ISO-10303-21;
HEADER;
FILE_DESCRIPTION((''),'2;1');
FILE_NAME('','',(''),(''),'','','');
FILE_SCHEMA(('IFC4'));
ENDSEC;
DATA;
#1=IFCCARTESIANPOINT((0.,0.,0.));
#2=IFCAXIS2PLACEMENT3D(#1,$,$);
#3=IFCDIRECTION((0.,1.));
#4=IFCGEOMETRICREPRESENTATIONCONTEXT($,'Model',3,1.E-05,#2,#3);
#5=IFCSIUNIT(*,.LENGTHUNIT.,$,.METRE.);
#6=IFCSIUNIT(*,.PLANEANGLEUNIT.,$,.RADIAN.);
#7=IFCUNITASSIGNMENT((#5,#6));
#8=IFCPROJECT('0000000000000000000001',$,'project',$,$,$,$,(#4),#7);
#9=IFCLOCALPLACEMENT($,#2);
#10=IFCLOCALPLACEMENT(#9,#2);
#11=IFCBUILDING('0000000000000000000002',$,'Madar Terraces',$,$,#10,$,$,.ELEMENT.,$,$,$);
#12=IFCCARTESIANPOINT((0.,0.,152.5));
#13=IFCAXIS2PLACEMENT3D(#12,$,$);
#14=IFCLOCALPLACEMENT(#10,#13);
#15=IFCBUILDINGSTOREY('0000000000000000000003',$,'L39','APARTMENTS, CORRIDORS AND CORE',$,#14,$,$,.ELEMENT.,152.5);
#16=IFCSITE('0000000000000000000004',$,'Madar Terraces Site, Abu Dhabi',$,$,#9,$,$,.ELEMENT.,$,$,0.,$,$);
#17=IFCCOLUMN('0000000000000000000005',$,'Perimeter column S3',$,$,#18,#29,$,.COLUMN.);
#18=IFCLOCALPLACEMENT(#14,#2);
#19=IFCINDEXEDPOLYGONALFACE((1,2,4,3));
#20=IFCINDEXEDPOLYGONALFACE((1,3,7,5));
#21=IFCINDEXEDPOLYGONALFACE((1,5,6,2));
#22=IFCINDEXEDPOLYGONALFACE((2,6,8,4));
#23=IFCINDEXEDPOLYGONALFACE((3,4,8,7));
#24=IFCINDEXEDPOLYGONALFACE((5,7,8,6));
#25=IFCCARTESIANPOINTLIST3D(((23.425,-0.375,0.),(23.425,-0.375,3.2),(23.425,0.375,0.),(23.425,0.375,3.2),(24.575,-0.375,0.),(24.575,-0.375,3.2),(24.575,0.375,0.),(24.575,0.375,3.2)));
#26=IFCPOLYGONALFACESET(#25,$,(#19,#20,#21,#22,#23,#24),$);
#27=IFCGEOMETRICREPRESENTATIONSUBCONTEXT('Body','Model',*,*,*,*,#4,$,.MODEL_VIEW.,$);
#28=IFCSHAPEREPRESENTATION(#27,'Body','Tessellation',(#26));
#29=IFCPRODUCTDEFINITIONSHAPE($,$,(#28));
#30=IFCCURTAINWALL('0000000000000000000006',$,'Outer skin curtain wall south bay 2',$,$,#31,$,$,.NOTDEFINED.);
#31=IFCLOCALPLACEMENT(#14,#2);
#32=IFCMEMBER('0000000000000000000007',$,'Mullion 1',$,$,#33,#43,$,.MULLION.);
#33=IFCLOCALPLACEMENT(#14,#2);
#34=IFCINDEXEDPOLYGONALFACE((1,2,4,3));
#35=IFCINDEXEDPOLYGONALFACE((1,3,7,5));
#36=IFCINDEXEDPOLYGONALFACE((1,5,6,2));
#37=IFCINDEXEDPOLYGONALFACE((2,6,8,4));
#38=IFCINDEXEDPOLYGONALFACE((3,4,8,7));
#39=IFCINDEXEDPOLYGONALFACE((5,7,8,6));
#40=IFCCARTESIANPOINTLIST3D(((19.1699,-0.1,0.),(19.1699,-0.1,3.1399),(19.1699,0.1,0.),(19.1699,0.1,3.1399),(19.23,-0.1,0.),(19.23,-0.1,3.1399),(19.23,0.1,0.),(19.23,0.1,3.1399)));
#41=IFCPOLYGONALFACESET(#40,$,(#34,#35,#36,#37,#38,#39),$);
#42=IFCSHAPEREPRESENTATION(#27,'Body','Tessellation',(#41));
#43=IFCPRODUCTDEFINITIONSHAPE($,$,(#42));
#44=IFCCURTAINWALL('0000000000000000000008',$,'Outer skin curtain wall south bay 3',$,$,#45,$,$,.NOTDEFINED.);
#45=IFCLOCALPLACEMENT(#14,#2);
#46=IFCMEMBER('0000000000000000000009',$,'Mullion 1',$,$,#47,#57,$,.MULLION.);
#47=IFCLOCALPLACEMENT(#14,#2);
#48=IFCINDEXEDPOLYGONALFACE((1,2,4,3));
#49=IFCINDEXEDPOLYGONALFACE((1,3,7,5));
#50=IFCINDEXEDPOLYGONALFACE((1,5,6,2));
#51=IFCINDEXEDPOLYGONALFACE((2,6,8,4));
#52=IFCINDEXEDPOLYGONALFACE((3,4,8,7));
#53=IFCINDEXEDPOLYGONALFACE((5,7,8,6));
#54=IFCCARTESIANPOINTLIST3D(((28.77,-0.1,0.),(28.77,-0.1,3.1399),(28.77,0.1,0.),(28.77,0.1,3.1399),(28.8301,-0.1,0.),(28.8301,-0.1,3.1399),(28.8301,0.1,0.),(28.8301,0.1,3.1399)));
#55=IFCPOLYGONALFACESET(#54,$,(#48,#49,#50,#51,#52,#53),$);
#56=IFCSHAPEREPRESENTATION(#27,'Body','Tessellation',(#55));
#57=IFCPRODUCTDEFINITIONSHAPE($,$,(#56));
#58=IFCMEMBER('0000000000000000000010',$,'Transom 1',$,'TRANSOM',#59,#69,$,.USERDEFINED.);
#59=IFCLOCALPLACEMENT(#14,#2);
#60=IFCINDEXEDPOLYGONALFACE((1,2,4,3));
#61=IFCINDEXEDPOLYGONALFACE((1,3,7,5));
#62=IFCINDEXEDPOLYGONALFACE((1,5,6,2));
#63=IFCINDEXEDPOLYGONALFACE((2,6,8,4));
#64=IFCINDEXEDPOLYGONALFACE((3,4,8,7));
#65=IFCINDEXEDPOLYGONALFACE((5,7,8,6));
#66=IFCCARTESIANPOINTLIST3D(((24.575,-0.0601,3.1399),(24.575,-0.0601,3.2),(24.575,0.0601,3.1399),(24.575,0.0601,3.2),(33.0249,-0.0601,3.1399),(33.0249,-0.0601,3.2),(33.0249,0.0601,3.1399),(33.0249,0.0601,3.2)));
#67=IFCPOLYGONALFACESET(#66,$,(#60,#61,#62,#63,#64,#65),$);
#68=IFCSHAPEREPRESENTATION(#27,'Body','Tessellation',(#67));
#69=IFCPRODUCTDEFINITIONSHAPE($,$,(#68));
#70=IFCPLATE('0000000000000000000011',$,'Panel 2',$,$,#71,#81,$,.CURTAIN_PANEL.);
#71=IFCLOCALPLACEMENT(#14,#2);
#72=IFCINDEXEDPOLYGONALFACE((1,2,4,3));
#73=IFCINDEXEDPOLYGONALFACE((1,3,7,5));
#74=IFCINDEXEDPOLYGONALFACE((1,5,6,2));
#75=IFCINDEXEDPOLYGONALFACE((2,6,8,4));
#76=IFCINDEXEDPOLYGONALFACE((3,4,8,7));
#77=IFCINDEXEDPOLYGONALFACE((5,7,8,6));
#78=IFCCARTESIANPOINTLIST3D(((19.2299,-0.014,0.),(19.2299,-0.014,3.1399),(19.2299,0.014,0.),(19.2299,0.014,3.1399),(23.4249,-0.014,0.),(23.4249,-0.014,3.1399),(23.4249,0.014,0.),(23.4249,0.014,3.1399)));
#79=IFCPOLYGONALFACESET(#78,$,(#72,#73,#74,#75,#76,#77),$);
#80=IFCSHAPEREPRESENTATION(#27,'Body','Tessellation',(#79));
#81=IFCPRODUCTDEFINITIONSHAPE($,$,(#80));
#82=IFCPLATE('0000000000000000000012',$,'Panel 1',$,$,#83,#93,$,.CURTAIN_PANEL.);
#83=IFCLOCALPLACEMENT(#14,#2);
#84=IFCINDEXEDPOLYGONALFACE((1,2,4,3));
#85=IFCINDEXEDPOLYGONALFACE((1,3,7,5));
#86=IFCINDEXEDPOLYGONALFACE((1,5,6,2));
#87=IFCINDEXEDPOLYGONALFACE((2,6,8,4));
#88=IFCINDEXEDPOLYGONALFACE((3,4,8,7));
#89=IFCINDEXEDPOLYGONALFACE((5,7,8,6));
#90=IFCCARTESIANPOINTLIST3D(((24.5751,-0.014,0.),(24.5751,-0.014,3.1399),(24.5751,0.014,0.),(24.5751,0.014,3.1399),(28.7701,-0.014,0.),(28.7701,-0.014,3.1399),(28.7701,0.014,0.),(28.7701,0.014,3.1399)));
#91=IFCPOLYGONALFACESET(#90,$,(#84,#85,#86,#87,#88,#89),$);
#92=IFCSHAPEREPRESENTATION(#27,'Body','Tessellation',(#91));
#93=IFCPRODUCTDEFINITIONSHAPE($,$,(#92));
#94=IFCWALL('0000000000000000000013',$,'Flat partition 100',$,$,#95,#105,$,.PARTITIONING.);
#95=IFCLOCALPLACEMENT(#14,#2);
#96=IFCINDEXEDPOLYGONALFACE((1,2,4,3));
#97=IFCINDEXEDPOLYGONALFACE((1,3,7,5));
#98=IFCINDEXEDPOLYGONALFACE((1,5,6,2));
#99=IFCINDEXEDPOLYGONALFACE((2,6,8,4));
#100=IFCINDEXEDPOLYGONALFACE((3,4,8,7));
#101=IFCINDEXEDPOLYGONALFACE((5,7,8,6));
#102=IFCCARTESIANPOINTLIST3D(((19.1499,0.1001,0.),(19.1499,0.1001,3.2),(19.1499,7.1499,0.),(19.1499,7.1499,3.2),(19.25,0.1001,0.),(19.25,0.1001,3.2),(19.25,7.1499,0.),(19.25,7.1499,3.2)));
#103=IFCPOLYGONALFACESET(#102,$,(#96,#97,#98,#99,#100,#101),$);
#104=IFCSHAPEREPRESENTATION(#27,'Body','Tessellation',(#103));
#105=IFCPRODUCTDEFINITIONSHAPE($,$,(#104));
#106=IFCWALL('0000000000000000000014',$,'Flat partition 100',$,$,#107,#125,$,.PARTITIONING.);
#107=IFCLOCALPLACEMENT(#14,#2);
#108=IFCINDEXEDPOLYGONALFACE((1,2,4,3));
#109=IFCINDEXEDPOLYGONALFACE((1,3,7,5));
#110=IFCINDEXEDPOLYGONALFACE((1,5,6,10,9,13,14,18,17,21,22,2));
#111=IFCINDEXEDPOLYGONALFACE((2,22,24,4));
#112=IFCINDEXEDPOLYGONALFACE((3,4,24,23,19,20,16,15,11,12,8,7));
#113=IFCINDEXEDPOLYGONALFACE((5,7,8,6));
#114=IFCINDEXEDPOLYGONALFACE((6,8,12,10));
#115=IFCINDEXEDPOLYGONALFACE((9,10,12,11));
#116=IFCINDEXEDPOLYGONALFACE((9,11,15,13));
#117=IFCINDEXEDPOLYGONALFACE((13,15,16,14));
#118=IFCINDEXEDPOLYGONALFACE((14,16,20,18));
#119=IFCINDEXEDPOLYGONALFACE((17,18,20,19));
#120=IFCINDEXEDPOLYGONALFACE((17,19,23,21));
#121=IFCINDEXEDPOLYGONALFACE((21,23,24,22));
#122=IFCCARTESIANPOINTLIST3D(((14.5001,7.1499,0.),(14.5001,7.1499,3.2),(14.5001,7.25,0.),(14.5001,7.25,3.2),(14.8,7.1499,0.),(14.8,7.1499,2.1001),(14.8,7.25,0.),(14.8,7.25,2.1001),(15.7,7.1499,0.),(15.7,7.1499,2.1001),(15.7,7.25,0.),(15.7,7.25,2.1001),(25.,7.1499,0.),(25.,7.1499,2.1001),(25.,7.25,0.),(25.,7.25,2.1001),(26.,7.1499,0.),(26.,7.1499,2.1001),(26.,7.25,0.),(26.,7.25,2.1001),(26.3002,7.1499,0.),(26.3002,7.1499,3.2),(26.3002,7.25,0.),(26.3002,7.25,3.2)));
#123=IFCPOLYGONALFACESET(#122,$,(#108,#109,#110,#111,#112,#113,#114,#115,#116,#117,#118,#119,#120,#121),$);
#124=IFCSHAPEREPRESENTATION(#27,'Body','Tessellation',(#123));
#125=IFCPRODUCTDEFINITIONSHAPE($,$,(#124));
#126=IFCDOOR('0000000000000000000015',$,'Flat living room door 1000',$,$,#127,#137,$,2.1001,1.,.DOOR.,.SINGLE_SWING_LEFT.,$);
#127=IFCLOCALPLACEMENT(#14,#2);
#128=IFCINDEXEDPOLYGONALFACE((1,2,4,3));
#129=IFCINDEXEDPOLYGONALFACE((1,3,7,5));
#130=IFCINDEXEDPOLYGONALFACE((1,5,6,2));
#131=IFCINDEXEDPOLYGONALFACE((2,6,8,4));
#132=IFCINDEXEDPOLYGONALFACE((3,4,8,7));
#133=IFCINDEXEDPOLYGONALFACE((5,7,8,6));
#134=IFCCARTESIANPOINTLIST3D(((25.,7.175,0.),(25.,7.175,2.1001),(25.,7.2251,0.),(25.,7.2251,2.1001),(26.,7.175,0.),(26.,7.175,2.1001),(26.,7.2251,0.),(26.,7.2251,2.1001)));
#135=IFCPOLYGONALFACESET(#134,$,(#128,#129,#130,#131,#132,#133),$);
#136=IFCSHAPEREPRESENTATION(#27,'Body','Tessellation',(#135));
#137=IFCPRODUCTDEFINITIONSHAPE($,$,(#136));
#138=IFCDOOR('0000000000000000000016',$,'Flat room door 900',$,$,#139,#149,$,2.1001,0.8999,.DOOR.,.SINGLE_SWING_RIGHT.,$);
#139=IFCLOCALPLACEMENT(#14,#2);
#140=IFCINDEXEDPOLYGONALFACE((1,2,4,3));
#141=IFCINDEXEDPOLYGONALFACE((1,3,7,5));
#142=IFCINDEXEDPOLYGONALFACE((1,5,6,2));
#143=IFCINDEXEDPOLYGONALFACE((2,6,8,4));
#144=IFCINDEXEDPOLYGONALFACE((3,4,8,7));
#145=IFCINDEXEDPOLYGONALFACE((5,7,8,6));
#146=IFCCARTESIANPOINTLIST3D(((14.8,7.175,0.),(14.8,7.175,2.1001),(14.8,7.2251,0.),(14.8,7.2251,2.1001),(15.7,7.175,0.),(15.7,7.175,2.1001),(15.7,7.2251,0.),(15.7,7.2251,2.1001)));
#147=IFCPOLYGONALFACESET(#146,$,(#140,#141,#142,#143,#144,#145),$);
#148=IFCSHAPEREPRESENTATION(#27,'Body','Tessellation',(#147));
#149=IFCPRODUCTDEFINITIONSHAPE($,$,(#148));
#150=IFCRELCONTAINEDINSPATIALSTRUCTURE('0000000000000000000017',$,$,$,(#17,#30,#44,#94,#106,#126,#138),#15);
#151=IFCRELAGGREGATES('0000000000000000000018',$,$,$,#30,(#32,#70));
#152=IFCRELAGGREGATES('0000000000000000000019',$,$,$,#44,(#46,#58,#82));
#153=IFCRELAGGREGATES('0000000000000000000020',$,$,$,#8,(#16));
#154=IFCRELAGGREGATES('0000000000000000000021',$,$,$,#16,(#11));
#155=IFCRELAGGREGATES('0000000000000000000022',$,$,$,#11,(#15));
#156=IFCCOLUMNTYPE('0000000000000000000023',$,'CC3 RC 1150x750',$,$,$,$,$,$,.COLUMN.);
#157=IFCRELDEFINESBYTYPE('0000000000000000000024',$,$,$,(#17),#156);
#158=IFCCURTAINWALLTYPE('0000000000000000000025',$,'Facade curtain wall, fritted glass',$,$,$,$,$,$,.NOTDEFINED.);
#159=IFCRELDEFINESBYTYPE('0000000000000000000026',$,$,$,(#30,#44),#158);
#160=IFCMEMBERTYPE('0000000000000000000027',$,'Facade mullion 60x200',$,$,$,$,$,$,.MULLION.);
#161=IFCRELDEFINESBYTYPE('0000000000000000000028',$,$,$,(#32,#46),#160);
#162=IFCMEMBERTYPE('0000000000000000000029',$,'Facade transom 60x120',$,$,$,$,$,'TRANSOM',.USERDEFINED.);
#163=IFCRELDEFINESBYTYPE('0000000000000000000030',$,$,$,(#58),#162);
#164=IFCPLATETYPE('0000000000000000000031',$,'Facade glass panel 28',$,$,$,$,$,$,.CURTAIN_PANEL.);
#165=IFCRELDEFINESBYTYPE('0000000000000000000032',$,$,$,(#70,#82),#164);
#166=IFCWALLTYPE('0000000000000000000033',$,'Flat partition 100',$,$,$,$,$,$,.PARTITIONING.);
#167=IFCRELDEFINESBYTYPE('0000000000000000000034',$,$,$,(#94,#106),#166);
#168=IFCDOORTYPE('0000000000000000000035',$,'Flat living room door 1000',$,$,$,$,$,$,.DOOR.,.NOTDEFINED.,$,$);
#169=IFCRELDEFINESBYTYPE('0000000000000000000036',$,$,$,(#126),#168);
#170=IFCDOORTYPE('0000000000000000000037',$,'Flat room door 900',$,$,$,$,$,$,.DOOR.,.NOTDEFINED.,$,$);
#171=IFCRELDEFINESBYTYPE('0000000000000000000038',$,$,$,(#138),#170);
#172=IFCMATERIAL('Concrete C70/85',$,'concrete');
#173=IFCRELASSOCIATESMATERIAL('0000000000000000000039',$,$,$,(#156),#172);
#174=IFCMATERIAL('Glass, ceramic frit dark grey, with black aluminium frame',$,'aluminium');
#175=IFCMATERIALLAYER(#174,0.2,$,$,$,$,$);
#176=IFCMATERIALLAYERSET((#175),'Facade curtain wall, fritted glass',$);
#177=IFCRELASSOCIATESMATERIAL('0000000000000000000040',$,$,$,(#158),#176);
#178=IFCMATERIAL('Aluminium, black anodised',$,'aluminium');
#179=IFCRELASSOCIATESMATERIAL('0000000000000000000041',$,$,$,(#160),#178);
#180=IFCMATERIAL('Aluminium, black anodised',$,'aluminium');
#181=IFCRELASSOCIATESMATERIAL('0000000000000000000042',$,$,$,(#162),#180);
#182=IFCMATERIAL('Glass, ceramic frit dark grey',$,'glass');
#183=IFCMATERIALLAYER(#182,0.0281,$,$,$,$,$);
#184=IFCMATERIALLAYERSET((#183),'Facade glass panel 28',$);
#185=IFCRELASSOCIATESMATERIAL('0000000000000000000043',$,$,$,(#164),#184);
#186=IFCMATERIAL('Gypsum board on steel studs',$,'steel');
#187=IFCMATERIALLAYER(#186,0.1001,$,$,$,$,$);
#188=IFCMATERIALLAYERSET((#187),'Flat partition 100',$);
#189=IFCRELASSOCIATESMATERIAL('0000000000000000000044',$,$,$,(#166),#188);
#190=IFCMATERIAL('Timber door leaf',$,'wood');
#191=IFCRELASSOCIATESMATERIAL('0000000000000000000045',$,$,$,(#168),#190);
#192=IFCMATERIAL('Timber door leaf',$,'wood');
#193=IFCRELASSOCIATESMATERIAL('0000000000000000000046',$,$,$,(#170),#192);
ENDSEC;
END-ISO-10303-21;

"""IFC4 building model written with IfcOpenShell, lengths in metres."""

from ifc_helpers import new_model, si_unit, direction, frame, frame_2d, origin, origin_2d, place, context, subcontext, project, spatial, rectangle, extrude, material, layer, layer_set, material_profile, profile_set, type_object, element, fill, aggregate, save


model = new_model("IFC4")

# Units and contexts
model_context = context("Model", 3, precision=1e-05, world=origin(), true_north=direction((0.0, 1.0)))
body_context = subcontext(model_context, "Body", "Model", "MODEL_VIEW")
ifc_project = project(units=[si_unit("LENGTHUNIT", "METRE"), si_unit("PLANEANGLEUNIT", "RADIAN")], contexts=[model_context])

# Site, building, storey
site_placement = place(None, origin())
site = spatial("IfcSite", under=ifc_project, at=site_placement, Name="Madar Terraces Site, Abu Dhabi", CompositionType="ELEMENT", RefElevation=0.0)
building_placement = place(site_placement, origin())
building = spatial("IfcBuilding", under=site, at=building_placement, Name="Madar Terraces", CompositionType="ELEMENT")
storey_placement = place(building_placement, frame((0.0, 0.0, 152.5)))
storey = spatial("IfcBuildingStorey", under=building, at=storey_placement, Name="L39", Description="APARTMENTS, CORRIDORS AND CORE", CompositionType="ELEMENT", Elevation=152.5)

# Column
ifc_material_1 = material(Name="Concrete C70/85", Category="concrete")
ifc_material_profile_1 = material_profile(ifc_material_1, rectangle(XDim=1.1499, YDim=0.75, at=origin_2d()), Name="CC3 RC 1150x750")
ifc_profile_set_1 = profile_set([ifc_material_profile_1], Name="Concrete C70/85")
column_type = type_object("IfcColumnType", Name="CC3 RC 1150x750", PredefinedType="COLUMN", material=ifc_profile_set_1)
column_placement = place(storey_placement, frame((24.0, 0.0, 0.0), z_axis=(0.0, 0.0, 1.0), x_axis=(1.0, 0.0, 0.0)))
element("IfcColumn", 1, at=column_placement, inside=storey, type_object=column_type, Name="Perimeter column S3", PredefinedType="COLUMN", context=body_context, shape_type="SweptSolid", body=[
    extrude(rectangle(XDim=1.1499, YDim=0.75, at=origin_2d()), origin(), (0.0, 0.0, 1.0), 3.2),
])

# Curtain wall, member
ifc_material_2 = material(Name="Glass, ceramic frit dark grey, with black aluminium frame", Category="aluminium")
ifc_layer_1 = layer(ifc_material_2, 0.2)
ifc_layer_set_1 = layer_set([ifc_layer_1], Name="Facade curtain wall, fritted glass")
curtain_wall_type = type_object("IfcCurtainWallType", Name="Facade curtain wall, fritted glass", PredefinedType="NOTDEFINED", material=ifc_layer_set_1)
curtain_wall_1_placement = place(storey_placement, origin())
curtain_wall_1 = element("IfcCurtainWall", 2, at=curtain_wall_1_placement, inside=storey, type_object=curtain_wall_type, Name="Outer skin curtain wall south bay 2", PredefinedType="NOTDEFINED")
ifc_material_3 = material(Name="Aluminium, black anodised", Category="aluminium")
ifc_material_profile_2 = material_profile(ifc_material_3, rectangle(XDim=0.2, YDim=0.0601, at=origin_2d()), Name="Facade mullion 60x200")
ifc_profile_set_2 = profile_set([ifc_material_profile_2], Name="Aluminium, black anodised")
member_type_1 = type_object("IfcMemberType", Name="Facade mullion 60x200", PredefinedType="MULLION", material=ifc_profile_set_2)
member_1_placement = place(storey_placement, frame((19.2, 0.0, 0.0), z_axis=(0.0, 0.0, 1.0), x_axis=(0.0, 1.0, 0.0)))
member_1 = element("IfcMember", 3, at=member_1_placement, type_object=member_type_1, Name="Mullion 1", PredefinedType="MULLION", context=body_context, shape_type="SweptSolid", body=[
    extrude(rectangle(XDim=0.2, YDim=0.0601, at=origin_2d()), origin(), (0.0, 0.0, 1.0), 3.1399),
])

# Curtain wall, members
curtain_wall_2_placement = place(storey_placement, origin())
curtain_wall_2 = element("IfcCurtainWall", 4, at=curtain_wall_2_placement, inside=storey, type_object=curtain_wall_type, Name="Outer skin curtain wall south bay 3", PredefinedType="NOTDEFINED")
member_2_placement = place(storey_placement, frame((28.8, 0.0, 0.0), z_axis=(0.0, 0.0, 1.0), x_axis=(0.0, 1.0, 0.0)))
member_2 = element("IfcMember", 5, at=member_2_placement, type_object=member_type_1, Name="Mullion 1", PredefinedType="MULLION", context=body_context, shape_type="SweptSolid", body=[
    extrude(rectangle(XDim=0.2, YDim=0.0601, at=origin_2d()), origin(), (0.0, 0.0, 1.0), 3.1399),
])
ifc_material_4 = material(Name="Aluminium, black anodised", Category="aluminium")
ifc_material_profile_3 = material_profile(ifc_material_4, rectangle(XDim=0.1201, YDim=0.0601, at=origin_2d()), Name="Facade transom 60x120")
ifc_profile_set_3 = profile_set([ifc_material_profile_3], Name="Aluminium, black anodised")
member_type_2 = type_object("IfcMemberType", Name="Facade transom 60x120", ElementType="TRANSOM", PredefinedType="USERDEFINED", material=ifc_profile_set_3)
member_3_placement = place(storey_placement, frame((24.575, 0.0, 3.1699), z_axis=(1.0, 0.0, 0.0), x_axis=(0.0, 1.0, 0.0)))
member_3 = element("IfcMember", 6, at=member_3_placement, type_object=member_type_2, Name="Transom 1", ObjectType="TRANSOM", PredefinedType="USERDEFINED", context=body_context, shape_type="SweptSolid", body=[
    extrude(rectangle(XDim=0.1201, YDim=0.0601, at=origin_2d()), origin(), (0.0, 0.0, 1.0), 8.45),
])

# Plates
ifc_material_5 = material(Name="Glass, ceramic frit dark grey", Category="glass")
ifc_layer_2 = layer(ifc_material_5, 0.0281)
ifc_layer_set_2 = layer_set([ifc_layer_2], Name="Facade glass panel 28")
plate_type = type_object("IfcPlateType", Name="Facade glass panel 28", PredefinedType="CURTAIN_PANEL", material=ifc_layer_set_2)
plate_1_placement = place(storey_placement, frame((21.3274, 0.0, 0.0), z_axis=(0.0, 0.0, 1.0), x_axis=(1.0, 0.0, 0.0)))
plate_1 = element("IfcPlate", 7, at=plate_1_placement, type_object=plate_type, Name="Panel 2", PredefinedType="CURTAIN_PANEL", context=body_context, shape_type="SweptSolid", body=[
    extrude(rectangle(XDim=4.1951, YDim=0.0281, at=origin_2d()), origin(), (0.0, 0.0, 1.0), 3.1399),
])
aggregate(curtain_wall_1, [member_1, plate_1])
plate_2_placement = place(storey_placement, frame((26.6726, 0.0, 0.0), z_axis=(0.0, 0.0, 1.0), x_axis=(1.0, 0.0, 0.0)))
plate_2 = element("IfcPlate", 8, at=plate_2_placement, type_object=plate_type, Name="Panel 1", PredefinedType="CURTAIN_PANEL", context=body_context, shape_type="SweptSolid", body=[
    extrude(rectangle(XDim=4.1951, YDim=0.0281, at=origin_2d()), origin(), (0.0, 0.0, 1.0), 3.1399),
])
aggregate(curtain_wall_2, [member_2, member_3, plate_2])

# Wall
ifc_material_6 = material(Name="Gypsum board on steel studs", Category="steel")
ifc_layer_3 = layer(ifc_material_6, 0.1001)
ifc_layer_set_3 = layer_set([ifc_layer_3], Name="Flat partition 100")
wall_type_1 = type_object("IfcWallType", Name="Flat partition 100", PredefinedType="PARTITIONING", material=ifc_layer_set_3)
wall_1_placement = place(storey_placement, frame((19.2, 7.1499, 0.0), z_axis=(0.0, 0.0, 1.0), x_axis=(0.0, -1.0, 0.0)))
element("IfcWall", 9, at=wall_1_placement, inside=storey, type_object=wall_type_1, Name="Flat partition 100", PredefinedType="PARTITIONING", context=body_context, shape_type="SweptSolid", body=[
    extrude(rectangle(XDim=7.0498, YDim=0.1001, at=frame_2d((3.5249, 0.0))), origin(), (0.0, 0.0, 1.0), 3.2),
])

# Wall, openings, doors
wall_2_placement = place(storey_placement, frame((26.3, 7.2, 0.0), z_axis=(0.0, 0.0, 1.0), x_axis=(-1.0, 0.0, 0.0)))
wall_2 = element("IfcWall", 10, at=wall_2_placement, inside=storey, type_object=wall_type_1, Name="Flat partition 100", PredefinedType="PARTITIONING", context=body_context, shape_type="SweptSolid", body=[
    extrude(rectangle(XDim=11.8, YDim=0.1001, at=frame_2d((5.8999, 0.0))), origin(), (0.0, 0.0, 1.0), 3.2),
])
opening_1_placement = place(wall_2_placement, frame((10.6001, 0.0, 0.0)))
opening_1 = element("IfcOpeningElement", 11, at=opening_1_placement, cuts=wall_2, PredefinedType="OPENING", context=body_context, shape_type="SweptSolid", body=[
    extrude(rectangle(XDim=0.8999, YDim=2.1001, at=frame_2d((0.45, 1.05))), frame((0.0, 0.0601, 0.0), z_axis=(0.0, -1.0, 0.0), x_axis=(1.0, 0.0, 0.0)), (0.0, 0.0, 1.0), 0.1201),
])
opening_2_placement = place(wall_2_placement, frame((0.3, 0.0, 0.0)))
opening_2 = element("IfcOpeningElement", 12, at=opening_2_placement, cuts=wall_2, PredefinedType="OPENING", context=body_context, shape_type="SweptSolid", body=[
    extrude(rectangle(XDim=1.0, YDim=2.1001, at=frame_2d((0.5, 1.05))), frame((0.0, 0.0601, 0.0), z_axis=(0.0, -1.0, 0.0), x_axis=(1.0, 0.0, 0.0)), (0.0, 0.0, 1.0), 0.1201),
])
ifc_material_7 = material(Name="Timber door leaf", Category="wood")
door_type_1 = type_object("IfcDoorType", Name="Flat living room door 1000", OperationType="NOTDEFINED", PredefinedType="DOOR", material=ifc_material_7)
door_1_placement = place(opening_2_placement, origin())
door_1 = element("IfcDoor", 13, at=door_1_placement, inside=storey, type_object=door_type_1, Name="Flat living room door 1000", OperationType="SINGLE_SWING_LEFT", OverallHeight=2.1001, OverallWidth=1.0, PredefinedType="DOOR", context=body_context, shape_type="SweptSolid", body=[
    extrude(rectangle(XDim=1.0, YDim=2.1001, at=frame_2d((0.5, 1.05))), frame((0.0, 0.0249, 0.0), z_axis=(0.0, -1.0, 0.0), x_axis=(1.0, 0.0, 0.0)), (0.0, 0.0, 1.0), 0.05),
])
fill(opening_2, door_1)
ifc_material_8 = material(Name="Timber door leaf", Category="wood")
door_type_2 = type_object("IfcDoorType", Name="Flat room door 900", OperationType="NOTDEFINED", PredefinedType="DOOR", material=ifc_material_8)
door_2_placement = place(opening_1_placement, origin())
door_2 = element("IfcDoor", 14, at=door_2_placement, inside=storey, type_object=door_type_2, Name="Flat room door 900", OperationType="SINGLE_SWING_RIGHT", OverallHeight=2.1001, OverallWidth=0.8999, PredefinedType="DOOR", context=body_context, shape_type="SweptSolid", body=[
    extrude(rectangle(XDim=0.8999, YDim=2.1001, at=frame_2d((0.45, 1.05))), frame((0.0, 0.0249, 0.0), z_axis=(0.0, -1.0, 0.0), x_axis=(1.0, 0.0, 0.0)), (0.0, 0.0, 1.0), 0.05),
])
fill(opening_1, door_2)

save(model, "model.ifc")
